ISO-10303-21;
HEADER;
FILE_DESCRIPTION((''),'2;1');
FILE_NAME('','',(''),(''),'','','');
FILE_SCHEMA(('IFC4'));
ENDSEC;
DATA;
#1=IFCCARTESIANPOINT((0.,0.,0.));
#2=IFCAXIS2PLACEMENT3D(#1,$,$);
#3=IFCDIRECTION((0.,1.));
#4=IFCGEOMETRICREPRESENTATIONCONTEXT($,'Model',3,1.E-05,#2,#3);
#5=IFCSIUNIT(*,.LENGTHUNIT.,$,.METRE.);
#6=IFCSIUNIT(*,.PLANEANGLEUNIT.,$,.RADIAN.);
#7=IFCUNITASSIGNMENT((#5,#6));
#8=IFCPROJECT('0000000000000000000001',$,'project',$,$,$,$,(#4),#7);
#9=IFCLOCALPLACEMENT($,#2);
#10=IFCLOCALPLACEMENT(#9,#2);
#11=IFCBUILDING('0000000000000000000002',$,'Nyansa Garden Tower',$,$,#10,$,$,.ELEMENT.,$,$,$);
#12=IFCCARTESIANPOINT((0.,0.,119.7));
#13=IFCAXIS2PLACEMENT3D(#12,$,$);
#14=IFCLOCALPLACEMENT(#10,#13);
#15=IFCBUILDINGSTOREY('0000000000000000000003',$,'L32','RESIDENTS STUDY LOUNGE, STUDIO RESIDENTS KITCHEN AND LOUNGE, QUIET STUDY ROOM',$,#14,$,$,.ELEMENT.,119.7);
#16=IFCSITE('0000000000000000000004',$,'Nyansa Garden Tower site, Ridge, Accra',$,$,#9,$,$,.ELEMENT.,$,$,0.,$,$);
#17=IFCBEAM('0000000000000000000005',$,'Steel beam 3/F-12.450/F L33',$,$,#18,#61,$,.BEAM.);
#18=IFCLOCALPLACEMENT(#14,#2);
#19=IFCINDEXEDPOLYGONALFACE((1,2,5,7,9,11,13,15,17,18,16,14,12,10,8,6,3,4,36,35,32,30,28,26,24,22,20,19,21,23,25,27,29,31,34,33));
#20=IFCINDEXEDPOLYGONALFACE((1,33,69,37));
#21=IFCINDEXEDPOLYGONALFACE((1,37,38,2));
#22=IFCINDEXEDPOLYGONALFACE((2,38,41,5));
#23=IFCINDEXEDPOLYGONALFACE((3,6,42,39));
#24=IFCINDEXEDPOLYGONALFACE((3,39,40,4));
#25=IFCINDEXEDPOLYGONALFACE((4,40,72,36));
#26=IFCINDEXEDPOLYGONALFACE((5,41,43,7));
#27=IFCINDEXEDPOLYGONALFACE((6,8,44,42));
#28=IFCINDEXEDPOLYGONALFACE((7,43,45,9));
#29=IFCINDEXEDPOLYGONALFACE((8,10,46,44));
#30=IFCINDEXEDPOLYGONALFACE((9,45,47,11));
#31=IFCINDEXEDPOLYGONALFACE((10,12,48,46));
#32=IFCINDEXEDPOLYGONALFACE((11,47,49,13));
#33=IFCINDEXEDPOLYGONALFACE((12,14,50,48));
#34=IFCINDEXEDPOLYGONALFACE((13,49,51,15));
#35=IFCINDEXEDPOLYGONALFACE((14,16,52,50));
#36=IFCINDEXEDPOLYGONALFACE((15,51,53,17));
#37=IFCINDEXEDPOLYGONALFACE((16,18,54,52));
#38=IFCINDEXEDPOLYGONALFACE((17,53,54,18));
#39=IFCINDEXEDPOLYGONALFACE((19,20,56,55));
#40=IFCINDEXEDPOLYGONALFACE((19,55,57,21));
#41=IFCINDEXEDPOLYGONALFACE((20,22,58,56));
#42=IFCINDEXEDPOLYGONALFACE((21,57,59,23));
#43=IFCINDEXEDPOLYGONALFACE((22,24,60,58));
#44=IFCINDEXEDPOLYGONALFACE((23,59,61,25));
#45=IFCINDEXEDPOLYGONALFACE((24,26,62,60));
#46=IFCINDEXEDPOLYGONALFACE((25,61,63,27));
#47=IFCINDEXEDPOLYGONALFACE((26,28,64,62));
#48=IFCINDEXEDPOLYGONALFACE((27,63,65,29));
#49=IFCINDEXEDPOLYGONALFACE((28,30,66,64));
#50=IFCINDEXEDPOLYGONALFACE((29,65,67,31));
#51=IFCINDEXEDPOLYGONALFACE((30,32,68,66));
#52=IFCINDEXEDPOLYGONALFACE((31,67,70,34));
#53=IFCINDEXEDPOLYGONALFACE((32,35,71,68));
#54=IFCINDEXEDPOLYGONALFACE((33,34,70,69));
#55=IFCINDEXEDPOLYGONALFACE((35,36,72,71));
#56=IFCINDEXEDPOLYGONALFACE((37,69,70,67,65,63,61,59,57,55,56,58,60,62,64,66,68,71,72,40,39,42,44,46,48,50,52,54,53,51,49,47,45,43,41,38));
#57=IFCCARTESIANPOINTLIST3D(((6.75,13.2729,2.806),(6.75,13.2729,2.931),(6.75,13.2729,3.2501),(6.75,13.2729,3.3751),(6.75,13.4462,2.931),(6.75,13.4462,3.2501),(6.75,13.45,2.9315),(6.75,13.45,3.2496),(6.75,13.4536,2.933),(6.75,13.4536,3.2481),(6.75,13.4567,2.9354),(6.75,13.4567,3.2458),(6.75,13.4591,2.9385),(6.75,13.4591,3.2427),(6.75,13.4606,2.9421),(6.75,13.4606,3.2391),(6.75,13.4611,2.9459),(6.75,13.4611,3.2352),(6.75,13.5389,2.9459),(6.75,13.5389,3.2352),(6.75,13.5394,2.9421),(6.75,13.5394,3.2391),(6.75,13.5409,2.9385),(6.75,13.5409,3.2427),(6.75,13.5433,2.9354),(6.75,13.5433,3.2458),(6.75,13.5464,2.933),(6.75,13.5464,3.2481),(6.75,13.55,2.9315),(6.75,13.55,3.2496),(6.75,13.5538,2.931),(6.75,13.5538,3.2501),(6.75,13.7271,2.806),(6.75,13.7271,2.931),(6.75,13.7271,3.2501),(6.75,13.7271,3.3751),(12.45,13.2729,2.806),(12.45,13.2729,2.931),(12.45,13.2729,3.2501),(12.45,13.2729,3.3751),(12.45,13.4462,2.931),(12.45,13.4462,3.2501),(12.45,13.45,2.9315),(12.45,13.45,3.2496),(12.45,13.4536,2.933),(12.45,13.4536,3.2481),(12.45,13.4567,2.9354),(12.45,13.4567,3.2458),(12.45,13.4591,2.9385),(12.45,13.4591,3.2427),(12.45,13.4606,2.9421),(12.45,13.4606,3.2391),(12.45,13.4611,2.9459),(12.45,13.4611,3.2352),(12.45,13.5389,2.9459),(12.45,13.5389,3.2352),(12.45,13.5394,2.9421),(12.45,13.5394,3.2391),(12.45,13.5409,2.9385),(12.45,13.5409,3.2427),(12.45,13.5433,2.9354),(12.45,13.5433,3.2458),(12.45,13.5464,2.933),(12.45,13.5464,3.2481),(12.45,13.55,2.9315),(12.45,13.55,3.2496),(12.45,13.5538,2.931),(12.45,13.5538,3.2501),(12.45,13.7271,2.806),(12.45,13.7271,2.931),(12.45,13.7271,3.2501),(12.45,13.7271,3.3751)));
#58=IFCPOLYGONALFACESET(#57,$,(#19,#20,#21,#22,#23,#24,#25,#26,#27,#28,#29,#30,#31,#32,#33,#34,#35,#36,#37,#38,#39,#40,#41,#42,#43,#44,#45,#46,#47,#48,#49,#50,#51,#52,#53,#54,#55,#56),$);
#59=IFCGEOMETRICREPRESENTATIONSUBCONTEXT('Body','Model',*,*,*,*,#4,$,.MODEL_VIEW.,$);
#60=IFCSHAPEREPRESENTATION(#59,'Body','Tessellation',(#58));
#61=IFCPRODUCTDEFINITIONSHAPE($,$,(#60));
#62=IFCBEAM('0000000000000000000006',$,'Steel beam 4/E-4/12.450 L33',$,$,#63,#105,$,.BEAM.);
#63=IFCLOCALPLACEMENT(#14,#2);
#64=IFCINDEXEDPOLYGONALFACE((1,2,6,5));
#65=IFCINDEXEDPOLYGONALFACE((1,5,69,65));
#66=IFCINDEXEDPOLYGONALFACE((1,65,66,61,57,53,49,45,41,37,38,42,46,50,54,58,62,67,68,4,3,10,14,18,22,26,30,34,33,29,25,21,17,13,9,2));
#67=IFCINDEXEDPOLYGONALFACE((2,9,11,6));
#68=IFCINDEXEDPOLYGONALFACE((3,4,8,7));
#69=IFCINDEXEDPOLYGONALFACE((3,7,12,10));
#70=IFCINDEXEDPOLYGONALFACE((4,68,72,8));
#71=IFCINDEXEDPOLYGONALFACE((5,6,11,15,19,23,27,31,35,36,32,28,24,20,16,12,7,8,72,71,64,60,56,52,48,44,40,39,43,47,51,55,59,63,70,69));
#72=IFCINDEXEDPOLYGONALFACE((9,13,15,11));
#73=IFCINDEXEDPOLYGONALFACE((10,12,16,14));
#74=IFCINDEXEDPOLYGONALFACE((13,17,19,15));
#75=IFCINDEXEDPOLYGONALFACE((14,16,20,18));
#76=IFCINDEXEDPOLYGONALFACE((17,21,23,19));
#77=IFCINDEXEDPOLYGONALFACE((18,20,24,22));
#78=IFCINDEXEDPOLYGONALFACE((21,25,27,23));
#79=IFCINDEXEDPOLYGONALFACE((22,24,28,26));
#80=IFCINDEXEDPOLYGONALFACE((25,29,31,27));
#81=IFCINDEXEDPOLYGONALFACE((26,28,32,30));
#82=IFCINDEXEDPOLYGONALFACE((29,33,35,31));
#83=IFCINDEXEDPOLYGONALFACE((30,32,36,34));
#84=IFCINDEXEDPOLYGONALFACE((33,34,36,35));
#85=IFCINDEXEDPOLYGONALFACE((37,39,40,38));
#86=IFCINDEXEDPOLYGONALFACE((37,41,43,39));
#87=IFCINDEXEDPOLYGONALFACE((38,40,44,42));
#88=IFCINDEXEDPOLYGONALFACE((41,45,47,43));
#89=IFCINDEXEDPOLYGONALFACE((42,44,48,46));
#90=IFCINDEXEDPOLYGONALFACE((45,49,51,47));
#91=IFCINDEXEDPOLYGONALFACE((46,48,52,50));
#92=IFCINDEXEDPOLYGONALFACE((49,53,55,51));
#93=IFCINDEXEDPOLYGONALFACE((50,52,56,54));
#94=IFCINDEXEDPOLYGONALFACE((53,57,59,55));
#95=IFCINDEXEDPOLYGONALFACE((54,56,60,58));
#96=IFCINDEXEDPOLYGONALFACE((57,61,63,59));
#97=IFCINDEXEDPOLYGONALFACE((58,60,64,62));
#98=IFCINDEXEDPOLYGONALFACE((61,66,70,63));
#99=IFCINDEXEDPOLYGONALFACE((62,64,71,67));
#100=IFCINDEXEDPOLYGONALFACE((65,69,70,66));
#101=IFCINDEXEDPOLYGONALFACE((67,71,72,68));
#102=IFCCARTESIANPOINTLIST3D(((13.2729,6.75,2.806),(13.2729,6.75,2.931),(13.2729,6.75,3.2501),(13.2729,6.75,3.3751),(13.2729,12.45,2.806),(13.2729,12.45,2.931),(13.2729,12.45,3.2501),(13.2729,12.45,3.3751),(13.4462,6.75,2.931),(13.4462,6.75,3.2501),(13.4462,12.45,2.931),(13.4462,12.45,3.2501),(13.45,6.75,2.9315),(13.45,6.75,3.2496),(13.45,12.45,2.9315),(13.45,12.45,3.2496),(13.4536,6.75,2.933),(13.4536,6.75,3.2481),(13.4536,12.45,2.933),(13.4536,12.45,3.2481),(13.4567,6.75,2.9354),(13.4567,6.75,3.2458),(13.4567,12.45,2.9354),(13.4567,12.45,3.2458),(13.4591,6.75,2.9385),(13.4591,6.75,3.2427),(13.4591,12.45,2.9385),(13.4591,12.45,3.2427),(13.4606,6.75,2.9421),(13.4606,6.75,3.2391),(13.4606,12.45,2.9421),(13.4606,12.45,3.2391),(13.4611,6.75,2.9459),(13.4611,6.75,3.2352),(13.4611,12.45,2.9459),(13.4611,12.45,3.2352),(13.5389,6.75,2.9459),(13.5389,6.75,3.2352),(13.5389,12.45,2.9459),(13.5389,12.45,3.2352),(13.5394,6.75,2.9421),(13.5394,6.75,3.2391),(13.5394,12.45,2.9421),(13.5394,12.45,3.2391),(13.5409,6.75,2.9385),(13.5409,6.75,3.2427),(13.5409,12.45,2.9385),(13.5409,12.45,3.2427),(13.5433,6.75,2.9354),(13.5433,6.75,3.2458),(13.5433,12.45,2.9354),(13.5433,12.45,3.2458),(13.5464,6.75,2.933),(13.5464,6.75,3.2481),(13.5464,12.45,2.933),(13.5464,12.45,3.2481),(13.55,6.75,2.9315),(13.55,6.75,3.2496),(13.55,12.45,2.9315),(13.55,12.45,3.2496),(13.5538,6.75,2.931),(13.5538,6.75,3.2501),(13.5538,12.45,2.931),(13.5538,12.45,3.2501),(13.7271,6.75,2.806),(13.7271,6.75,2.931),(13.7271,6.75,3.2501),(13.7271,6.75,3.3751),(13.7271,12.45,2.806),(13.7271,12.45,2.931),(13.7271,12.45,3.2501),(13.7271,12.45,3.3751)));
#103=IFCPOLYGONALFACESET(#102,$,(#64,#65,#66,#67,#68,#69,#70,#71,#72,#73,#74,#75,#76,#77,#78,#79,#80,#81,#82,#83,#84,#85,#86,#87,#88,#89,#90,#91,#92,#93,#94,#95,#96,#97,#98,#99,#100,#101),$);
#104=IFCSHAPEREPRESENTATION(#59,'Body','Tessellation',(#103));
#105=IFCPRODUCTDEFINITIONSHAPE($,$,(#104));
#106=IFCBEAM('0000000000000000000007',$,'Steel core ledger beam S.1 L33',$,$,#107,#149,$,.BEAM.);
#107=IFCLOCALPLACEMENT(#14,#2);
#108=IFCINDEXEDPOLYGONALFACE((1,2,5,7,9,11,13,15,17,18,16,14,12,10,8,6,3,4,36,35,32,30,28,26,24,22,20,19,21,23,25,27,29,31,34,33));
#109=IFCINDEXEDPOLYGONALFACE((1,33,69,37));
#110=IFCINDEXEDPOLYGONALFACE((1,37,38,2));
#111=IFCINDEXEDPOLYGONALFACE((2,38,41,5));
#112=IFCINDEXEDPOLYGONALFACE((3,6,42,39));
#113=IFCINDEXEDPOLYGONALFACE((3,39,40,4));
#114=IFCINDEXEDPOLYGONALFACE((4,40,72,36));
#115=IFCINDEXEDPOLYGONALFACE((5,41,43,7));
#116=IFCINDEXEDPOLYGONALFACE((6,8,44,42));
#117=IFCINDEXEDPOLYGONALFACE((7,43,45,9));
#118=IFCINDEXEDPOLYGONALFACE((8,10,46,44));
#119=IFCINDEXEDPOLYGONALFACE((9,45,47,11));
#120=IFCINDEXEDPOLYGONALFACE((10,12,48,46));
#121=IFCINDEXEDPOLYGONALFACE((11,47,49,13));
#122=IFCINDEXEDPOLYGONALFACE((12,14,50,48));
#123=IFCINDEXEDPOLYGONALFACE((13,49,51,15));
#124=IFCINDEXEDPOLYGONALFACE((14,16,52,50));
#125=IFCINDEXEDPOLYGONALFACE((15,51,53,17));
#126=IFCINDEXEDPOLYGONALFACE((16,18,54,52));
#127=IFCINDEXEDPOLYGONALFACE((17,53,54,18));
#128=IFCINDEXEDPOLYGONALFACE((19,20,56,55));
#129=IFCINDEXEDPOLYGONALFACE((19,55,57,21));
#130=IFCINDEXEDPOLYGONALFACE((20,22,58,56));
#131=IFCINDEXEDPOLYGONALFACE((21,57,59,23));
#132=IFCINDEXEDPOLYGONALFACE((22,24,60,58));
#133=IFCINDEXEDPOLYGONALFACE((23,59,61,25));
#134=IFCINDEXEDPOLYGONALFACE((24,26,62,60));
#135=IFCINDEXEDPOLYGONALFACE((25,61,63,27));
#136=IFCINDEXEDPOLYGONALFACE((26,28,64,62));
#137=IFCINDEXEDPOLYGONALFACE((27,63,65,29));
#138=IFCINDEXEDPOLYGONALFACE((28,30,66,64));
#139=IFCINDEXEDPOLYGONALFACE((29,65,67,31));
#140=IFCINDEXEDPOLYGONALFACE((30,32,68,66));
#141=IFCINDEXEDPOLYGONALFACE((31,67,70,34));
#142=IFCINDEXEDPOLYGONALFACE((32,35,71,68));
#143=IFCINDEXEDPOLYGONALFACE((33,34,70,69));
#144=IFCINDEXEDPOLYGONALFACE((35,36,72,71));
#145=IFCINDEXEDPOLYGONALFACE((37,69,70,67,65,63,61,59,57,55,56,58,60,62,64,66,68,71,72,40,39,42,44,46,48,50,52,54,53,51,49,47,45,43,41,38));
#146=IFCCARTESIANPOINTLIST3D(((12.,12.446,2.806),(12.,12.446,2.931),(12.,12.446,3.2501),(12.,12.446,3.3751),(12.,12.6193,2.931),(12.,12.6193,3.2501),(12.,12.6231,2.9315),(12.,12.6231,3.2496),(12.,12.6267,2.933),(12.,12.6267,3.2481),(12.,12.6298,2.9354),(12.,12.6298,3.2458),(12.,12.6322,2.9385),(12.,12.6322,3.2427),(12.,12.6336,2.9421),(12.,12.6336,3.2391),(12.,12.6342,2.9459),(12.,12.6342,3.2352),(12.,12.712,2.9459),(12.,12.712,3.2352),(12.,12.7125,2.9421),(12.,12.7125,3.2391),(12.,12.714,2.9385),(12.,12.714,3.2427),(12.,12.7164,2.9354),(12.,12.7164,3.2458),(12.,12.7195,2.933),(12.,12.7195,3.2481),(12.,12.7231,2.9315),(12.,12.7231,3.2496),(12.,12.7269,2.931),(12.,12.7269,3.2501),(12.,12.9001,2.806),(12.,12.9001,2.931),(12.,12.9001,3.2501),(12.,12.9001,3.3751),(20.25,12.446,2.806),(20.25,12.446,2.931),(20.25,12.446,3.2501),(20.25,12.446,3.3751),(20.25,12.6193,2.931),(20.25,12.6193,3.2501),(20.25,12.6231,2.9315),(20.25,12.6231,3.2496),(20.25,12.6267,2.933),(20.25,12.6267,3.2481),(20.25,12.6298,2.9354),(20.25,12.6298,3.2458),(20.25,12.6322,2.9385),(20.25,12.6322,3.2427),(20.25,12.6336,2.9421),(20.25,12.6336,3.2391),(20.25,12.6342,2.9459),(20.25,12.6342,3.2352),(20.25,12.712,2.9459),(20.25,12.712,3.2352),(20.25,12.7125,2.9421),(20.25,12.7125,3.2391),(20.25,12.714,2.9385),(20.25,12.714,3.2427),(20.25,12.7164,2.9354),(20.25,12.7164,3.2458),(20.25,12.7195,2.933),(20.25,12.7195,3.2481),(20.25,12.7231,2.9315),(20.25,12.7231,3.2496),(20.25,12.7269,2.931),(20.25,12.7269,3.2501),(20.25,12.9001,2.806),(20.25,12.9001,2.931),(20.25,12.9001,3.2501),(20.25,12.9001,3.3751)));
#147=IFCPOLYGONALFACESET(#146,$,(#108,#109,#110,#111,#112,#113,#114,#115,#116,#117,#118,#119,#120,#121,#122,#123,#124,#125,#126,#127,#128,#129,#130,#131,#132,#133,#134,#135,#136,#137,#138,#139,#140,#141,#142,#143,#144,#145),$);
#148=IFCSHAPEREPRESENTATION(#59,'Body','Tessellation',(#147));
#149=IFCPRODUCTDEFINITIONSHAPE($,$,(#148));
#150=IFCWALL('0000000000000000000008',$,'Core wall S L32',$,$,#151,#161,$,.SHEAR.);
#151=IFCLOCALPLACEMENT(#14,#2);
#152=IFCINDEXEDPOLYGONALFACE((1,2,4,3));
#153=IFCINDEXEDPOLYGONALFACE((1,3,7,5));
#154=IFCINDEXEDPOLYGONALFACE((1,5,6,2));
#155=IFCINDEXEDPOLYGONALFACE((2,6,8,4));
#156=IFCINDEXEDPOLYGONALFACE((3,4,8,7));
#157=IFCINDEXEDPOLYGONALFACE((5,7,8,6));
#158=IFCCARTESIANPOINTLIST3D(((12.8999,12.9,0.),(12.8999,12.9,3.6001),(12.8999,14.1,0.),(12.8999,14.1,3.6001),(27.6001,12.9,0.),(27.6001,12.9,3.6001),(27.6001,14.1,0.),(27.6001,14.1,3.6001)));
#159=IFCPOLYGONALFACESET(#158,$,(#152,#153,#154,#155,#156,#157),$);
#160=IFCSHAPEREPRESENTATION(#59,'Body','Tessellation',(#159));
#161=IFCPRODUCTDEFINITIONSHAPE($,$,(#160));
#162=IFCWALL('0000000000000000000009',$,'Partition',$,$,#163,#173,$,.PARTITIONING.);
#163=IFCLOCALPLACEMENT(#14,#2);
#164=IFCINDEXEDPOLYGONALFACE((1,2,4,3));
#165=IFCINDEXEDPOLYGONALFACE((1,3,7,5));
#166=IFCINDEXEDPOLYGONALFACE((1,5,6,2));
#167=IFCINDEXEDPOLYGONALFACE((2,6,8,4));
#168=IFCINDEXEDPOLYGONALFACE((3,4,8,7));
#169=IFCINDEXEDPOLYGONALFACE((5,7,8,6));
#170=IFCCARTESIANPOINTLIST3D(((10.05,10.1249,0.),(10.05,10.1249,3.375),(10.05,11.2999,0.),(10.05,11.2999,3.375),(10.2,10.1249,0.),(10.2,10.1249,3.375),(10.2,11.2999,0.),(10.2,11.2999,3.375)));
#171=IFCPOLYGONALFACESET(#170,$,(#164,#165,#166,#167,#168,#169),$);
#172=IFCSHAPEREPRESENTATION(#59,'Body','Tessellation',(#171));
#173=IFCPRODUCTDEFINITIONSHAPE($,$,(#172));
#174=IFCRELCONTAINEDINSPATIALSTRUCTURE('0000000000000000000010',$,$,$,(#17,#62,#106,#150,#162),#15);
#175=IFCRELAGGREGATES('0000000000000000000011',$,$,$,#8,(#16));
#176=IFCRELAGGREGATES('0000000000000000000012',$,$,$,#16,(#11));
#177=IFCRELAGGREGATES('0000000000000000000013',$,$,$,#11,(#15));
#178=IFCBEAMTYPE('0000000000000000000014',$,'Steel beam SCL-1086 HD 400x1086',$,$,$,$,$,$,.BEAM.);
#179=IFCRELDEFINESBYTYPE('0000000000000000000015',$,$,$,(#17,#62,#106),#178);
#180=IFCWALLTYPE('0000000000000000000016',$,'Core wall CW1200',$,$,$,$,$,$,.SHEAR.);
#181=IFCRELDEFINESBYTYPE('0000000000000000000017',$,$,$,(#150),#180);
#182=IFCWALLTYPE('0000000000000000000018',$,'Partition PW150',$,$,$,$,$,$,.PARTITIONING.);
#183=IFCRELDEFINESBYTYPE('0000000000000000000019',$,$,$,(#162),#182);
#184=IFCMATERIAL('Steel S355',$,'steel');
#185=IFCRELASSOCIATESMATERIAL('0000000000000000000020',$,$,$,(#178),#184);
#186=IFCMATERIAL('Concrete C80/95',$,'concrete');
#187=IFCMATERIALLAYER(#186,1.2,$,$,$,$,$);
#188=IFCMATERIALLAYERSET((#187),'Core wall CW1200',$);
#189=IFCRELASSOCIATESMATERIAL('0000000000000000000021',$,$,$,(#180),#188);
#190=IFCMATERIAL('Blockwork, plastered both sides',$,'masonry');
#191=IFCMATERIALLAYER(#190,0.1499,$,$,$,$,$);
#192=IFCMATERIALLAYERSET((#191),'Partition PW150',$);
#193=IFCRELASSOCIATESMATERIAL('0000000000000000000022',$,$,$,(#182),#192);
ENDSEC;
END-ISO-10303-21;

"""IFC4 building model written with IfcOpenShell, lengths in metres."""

from ifc_helpers import new_model, si_unit, direction, frame, frame_2d, origin, origin_2d, place, context, subcontext, project, spatial, rectangle, i_section, extrude, material, layer, layer_set, material_profile, profile_set, type_object, element, save


model = new_model("IFC4")

# Units and contexts
model_context = context("Model", 3, precision=1e-05, world=origin(), true_north=direction((0.0, 1.0)))
body_context = subcontext(model_context, "Body", "Model", "MODEL_VIEW")
ifc_project = project(units=[si_unit("LENGTHUNIT", "METRE"), si_unit("PLANEANGLEUNIT", "RADIAN")], contexts=[model_context])

# Site, building, storey
site_placement = place(None, origin())
site = spatial("IfcSite", under=ifc_project, at=site_placement, Name="Nyansa Garden Tower site, Ridge, Accra", CompositionType="ELEMENT", RefElevation=0.0)
building_placement = place(site_placement, origin())
building = spatial("IfcBuilding", under=site, at=building_placement, Name="Nyansa Garden Tower", CompositionType="ELEMENT")
storey_placement = place(building_placement, frame((0.0, 0.0, 119.7)))
storey = spatial("IfcBuildingStorey", under=building, at=storey_placement, Name="L32", Description="RESIDENTS STUDY LOUNGE, STUDIO RESIDENTS KITCHEN AND LOUNGE, QUIET STUDY ROOM", CompositionType="ELEMENT", Elevation=119.7)

# Beams
ifc_material_1 = material(Name="Steel S355", Category="steel")
ifc_material_profile_1 = material_profile(ifc_material_1, i_section(OverallWidth=0.4541, OverallDepth=0.5691, WebThickness=0.0779, FlangeThickness=0.125, FilletRadius=0.0149, at=origin_2d()), Name="HD 400x1086")
ifc_profile_set_1 = profile_set([ifc_material_profile_1], Name="Steel S355")
beam_type_1 = type_object("IfcBeamType", Name="Steel beam SCL-1086 HD 400x1086", PredefinedType="BEAM", material=ifc_profile_set_1)
for number, where, z_axis, x_axis, name in (
    (1, (6.75, 13.5, 3.0906), (1.0, 0.0, 0.0), (0.0, 1.0, 0.0), "Steel beam 3/F-12.450/F L33"),
    (2, (13.5, 6.75, 3.0906), (0.0, 1.0, 0.0), (-1.0, 0.0, 0.0), "Steel beam 4/E-4/12.450 L33"),
):
    element("IfcBeam", number, at=place(storey_placement, frame(where, z_axis=z_axis, x_axis=x_axis)), inside=storey, type_object=beam_type_1, Name=name, PredefinedType="BEAM", context=body_context, shape_type="SweptSolid", body=[
        extrude(i_section(OverallWidth=0.4541, OverallDepth=0.5691, WebThickness=0.0779, FlangeThickness=0.125, FilletRadius=0.0149, at=origin_2d()), origin(), (0.0, 0.0, 1.0), 5.7),
    ])
beam_placement = place(storey_placement, frame((12.0, 12.6731, 3.0906), z_axis=(1.0, 0.0, 0.0), x_axis=(0.0, 1.0, 0.0)))
element("IfcBeam", 3, at=beam_placement, inside=storey, type_object=beam_type_1, Name="Steel core ledger beam S.1 L33", PredefinedType="BEAM", context=body_context, shape_type="SweptSolid", body=[
    extrude(i_section(OverallWidth=0.4541, OverallDepth=0.5691, WebThickness=0.0779, FlangeThickness=0.125, FilletRadius=0.0149, at=origin_2d()), origin(), (0.0, 0.0, 1.0), 8.25),
])

# Walls
ifc_material_2 = material(Name="Concrete C80/95", Category="concrete")
ifc_layer_1 = layer(ifc_material_2, 1.2)
ifc_layer_set_1 = layer_set([ifc_layer_1], Name="Core wall CW1200")
wall_type_1 = type_object("IfcWallType", Name="Core wall CW1200", PredefinedType="SHEAR", material=ifc_layer_set_1)
wall_1_placement = place(storey_placement, frame((12.8999, 13.5, 0.0), z_axis=(0.0, 0.0, 1.0), x_axis=(1.0, 0.0, 0.0)))
element("IfcWall", 4, at=wall_1_placement, inside=storey, type_object=wall_type_1, Name="Core wall S L32", PredefinedType="SHEAR", context=body_context, shape_type="SweptSolid", body=[
    extrude(rectangle(XDim=14.7002, YDim=1.2, at=frame_2d((7.3501, 0.0))), origin(), (0.0, 0.0, 1.0), 3.6001),
])
ifc_material_3 = material(Name="Blockwork, plastered both sides", Category="masonry")
ifc_layer_2 = layer(ifc_material_3, 0.1499)
ifc_layer_set_2 = layer_set([ifc_layer_2], Name="Partition PW150")
wall_type_2 = type_object("IfcWallType", Name="Partition PW150", PredefinedType="PARTITIONING", material=ifc_layer_set_2)
wall_2_placement = place(storey_placement, frame((10.125, 10.125, 0.0), z_axis=(0.0, 0.0, 1.0), x_axis=(0.0, 1.0, 0.0)))
element("IfcWall", 5, at=wall_2_placement, inside=storey, type_object=wall_type_2, Name="Partition", PredefinedType="PARTITIONING", context=body_context, shape_type="SweptSolid", body=[
    extrude(rectangle(XDim=1.175, YDim=0.1499, at=frame_2d((0.5874, 0.0))), origin(), (0.0, 0.0, 1.0), 3.375),
])

save(model, "model.ifc")
